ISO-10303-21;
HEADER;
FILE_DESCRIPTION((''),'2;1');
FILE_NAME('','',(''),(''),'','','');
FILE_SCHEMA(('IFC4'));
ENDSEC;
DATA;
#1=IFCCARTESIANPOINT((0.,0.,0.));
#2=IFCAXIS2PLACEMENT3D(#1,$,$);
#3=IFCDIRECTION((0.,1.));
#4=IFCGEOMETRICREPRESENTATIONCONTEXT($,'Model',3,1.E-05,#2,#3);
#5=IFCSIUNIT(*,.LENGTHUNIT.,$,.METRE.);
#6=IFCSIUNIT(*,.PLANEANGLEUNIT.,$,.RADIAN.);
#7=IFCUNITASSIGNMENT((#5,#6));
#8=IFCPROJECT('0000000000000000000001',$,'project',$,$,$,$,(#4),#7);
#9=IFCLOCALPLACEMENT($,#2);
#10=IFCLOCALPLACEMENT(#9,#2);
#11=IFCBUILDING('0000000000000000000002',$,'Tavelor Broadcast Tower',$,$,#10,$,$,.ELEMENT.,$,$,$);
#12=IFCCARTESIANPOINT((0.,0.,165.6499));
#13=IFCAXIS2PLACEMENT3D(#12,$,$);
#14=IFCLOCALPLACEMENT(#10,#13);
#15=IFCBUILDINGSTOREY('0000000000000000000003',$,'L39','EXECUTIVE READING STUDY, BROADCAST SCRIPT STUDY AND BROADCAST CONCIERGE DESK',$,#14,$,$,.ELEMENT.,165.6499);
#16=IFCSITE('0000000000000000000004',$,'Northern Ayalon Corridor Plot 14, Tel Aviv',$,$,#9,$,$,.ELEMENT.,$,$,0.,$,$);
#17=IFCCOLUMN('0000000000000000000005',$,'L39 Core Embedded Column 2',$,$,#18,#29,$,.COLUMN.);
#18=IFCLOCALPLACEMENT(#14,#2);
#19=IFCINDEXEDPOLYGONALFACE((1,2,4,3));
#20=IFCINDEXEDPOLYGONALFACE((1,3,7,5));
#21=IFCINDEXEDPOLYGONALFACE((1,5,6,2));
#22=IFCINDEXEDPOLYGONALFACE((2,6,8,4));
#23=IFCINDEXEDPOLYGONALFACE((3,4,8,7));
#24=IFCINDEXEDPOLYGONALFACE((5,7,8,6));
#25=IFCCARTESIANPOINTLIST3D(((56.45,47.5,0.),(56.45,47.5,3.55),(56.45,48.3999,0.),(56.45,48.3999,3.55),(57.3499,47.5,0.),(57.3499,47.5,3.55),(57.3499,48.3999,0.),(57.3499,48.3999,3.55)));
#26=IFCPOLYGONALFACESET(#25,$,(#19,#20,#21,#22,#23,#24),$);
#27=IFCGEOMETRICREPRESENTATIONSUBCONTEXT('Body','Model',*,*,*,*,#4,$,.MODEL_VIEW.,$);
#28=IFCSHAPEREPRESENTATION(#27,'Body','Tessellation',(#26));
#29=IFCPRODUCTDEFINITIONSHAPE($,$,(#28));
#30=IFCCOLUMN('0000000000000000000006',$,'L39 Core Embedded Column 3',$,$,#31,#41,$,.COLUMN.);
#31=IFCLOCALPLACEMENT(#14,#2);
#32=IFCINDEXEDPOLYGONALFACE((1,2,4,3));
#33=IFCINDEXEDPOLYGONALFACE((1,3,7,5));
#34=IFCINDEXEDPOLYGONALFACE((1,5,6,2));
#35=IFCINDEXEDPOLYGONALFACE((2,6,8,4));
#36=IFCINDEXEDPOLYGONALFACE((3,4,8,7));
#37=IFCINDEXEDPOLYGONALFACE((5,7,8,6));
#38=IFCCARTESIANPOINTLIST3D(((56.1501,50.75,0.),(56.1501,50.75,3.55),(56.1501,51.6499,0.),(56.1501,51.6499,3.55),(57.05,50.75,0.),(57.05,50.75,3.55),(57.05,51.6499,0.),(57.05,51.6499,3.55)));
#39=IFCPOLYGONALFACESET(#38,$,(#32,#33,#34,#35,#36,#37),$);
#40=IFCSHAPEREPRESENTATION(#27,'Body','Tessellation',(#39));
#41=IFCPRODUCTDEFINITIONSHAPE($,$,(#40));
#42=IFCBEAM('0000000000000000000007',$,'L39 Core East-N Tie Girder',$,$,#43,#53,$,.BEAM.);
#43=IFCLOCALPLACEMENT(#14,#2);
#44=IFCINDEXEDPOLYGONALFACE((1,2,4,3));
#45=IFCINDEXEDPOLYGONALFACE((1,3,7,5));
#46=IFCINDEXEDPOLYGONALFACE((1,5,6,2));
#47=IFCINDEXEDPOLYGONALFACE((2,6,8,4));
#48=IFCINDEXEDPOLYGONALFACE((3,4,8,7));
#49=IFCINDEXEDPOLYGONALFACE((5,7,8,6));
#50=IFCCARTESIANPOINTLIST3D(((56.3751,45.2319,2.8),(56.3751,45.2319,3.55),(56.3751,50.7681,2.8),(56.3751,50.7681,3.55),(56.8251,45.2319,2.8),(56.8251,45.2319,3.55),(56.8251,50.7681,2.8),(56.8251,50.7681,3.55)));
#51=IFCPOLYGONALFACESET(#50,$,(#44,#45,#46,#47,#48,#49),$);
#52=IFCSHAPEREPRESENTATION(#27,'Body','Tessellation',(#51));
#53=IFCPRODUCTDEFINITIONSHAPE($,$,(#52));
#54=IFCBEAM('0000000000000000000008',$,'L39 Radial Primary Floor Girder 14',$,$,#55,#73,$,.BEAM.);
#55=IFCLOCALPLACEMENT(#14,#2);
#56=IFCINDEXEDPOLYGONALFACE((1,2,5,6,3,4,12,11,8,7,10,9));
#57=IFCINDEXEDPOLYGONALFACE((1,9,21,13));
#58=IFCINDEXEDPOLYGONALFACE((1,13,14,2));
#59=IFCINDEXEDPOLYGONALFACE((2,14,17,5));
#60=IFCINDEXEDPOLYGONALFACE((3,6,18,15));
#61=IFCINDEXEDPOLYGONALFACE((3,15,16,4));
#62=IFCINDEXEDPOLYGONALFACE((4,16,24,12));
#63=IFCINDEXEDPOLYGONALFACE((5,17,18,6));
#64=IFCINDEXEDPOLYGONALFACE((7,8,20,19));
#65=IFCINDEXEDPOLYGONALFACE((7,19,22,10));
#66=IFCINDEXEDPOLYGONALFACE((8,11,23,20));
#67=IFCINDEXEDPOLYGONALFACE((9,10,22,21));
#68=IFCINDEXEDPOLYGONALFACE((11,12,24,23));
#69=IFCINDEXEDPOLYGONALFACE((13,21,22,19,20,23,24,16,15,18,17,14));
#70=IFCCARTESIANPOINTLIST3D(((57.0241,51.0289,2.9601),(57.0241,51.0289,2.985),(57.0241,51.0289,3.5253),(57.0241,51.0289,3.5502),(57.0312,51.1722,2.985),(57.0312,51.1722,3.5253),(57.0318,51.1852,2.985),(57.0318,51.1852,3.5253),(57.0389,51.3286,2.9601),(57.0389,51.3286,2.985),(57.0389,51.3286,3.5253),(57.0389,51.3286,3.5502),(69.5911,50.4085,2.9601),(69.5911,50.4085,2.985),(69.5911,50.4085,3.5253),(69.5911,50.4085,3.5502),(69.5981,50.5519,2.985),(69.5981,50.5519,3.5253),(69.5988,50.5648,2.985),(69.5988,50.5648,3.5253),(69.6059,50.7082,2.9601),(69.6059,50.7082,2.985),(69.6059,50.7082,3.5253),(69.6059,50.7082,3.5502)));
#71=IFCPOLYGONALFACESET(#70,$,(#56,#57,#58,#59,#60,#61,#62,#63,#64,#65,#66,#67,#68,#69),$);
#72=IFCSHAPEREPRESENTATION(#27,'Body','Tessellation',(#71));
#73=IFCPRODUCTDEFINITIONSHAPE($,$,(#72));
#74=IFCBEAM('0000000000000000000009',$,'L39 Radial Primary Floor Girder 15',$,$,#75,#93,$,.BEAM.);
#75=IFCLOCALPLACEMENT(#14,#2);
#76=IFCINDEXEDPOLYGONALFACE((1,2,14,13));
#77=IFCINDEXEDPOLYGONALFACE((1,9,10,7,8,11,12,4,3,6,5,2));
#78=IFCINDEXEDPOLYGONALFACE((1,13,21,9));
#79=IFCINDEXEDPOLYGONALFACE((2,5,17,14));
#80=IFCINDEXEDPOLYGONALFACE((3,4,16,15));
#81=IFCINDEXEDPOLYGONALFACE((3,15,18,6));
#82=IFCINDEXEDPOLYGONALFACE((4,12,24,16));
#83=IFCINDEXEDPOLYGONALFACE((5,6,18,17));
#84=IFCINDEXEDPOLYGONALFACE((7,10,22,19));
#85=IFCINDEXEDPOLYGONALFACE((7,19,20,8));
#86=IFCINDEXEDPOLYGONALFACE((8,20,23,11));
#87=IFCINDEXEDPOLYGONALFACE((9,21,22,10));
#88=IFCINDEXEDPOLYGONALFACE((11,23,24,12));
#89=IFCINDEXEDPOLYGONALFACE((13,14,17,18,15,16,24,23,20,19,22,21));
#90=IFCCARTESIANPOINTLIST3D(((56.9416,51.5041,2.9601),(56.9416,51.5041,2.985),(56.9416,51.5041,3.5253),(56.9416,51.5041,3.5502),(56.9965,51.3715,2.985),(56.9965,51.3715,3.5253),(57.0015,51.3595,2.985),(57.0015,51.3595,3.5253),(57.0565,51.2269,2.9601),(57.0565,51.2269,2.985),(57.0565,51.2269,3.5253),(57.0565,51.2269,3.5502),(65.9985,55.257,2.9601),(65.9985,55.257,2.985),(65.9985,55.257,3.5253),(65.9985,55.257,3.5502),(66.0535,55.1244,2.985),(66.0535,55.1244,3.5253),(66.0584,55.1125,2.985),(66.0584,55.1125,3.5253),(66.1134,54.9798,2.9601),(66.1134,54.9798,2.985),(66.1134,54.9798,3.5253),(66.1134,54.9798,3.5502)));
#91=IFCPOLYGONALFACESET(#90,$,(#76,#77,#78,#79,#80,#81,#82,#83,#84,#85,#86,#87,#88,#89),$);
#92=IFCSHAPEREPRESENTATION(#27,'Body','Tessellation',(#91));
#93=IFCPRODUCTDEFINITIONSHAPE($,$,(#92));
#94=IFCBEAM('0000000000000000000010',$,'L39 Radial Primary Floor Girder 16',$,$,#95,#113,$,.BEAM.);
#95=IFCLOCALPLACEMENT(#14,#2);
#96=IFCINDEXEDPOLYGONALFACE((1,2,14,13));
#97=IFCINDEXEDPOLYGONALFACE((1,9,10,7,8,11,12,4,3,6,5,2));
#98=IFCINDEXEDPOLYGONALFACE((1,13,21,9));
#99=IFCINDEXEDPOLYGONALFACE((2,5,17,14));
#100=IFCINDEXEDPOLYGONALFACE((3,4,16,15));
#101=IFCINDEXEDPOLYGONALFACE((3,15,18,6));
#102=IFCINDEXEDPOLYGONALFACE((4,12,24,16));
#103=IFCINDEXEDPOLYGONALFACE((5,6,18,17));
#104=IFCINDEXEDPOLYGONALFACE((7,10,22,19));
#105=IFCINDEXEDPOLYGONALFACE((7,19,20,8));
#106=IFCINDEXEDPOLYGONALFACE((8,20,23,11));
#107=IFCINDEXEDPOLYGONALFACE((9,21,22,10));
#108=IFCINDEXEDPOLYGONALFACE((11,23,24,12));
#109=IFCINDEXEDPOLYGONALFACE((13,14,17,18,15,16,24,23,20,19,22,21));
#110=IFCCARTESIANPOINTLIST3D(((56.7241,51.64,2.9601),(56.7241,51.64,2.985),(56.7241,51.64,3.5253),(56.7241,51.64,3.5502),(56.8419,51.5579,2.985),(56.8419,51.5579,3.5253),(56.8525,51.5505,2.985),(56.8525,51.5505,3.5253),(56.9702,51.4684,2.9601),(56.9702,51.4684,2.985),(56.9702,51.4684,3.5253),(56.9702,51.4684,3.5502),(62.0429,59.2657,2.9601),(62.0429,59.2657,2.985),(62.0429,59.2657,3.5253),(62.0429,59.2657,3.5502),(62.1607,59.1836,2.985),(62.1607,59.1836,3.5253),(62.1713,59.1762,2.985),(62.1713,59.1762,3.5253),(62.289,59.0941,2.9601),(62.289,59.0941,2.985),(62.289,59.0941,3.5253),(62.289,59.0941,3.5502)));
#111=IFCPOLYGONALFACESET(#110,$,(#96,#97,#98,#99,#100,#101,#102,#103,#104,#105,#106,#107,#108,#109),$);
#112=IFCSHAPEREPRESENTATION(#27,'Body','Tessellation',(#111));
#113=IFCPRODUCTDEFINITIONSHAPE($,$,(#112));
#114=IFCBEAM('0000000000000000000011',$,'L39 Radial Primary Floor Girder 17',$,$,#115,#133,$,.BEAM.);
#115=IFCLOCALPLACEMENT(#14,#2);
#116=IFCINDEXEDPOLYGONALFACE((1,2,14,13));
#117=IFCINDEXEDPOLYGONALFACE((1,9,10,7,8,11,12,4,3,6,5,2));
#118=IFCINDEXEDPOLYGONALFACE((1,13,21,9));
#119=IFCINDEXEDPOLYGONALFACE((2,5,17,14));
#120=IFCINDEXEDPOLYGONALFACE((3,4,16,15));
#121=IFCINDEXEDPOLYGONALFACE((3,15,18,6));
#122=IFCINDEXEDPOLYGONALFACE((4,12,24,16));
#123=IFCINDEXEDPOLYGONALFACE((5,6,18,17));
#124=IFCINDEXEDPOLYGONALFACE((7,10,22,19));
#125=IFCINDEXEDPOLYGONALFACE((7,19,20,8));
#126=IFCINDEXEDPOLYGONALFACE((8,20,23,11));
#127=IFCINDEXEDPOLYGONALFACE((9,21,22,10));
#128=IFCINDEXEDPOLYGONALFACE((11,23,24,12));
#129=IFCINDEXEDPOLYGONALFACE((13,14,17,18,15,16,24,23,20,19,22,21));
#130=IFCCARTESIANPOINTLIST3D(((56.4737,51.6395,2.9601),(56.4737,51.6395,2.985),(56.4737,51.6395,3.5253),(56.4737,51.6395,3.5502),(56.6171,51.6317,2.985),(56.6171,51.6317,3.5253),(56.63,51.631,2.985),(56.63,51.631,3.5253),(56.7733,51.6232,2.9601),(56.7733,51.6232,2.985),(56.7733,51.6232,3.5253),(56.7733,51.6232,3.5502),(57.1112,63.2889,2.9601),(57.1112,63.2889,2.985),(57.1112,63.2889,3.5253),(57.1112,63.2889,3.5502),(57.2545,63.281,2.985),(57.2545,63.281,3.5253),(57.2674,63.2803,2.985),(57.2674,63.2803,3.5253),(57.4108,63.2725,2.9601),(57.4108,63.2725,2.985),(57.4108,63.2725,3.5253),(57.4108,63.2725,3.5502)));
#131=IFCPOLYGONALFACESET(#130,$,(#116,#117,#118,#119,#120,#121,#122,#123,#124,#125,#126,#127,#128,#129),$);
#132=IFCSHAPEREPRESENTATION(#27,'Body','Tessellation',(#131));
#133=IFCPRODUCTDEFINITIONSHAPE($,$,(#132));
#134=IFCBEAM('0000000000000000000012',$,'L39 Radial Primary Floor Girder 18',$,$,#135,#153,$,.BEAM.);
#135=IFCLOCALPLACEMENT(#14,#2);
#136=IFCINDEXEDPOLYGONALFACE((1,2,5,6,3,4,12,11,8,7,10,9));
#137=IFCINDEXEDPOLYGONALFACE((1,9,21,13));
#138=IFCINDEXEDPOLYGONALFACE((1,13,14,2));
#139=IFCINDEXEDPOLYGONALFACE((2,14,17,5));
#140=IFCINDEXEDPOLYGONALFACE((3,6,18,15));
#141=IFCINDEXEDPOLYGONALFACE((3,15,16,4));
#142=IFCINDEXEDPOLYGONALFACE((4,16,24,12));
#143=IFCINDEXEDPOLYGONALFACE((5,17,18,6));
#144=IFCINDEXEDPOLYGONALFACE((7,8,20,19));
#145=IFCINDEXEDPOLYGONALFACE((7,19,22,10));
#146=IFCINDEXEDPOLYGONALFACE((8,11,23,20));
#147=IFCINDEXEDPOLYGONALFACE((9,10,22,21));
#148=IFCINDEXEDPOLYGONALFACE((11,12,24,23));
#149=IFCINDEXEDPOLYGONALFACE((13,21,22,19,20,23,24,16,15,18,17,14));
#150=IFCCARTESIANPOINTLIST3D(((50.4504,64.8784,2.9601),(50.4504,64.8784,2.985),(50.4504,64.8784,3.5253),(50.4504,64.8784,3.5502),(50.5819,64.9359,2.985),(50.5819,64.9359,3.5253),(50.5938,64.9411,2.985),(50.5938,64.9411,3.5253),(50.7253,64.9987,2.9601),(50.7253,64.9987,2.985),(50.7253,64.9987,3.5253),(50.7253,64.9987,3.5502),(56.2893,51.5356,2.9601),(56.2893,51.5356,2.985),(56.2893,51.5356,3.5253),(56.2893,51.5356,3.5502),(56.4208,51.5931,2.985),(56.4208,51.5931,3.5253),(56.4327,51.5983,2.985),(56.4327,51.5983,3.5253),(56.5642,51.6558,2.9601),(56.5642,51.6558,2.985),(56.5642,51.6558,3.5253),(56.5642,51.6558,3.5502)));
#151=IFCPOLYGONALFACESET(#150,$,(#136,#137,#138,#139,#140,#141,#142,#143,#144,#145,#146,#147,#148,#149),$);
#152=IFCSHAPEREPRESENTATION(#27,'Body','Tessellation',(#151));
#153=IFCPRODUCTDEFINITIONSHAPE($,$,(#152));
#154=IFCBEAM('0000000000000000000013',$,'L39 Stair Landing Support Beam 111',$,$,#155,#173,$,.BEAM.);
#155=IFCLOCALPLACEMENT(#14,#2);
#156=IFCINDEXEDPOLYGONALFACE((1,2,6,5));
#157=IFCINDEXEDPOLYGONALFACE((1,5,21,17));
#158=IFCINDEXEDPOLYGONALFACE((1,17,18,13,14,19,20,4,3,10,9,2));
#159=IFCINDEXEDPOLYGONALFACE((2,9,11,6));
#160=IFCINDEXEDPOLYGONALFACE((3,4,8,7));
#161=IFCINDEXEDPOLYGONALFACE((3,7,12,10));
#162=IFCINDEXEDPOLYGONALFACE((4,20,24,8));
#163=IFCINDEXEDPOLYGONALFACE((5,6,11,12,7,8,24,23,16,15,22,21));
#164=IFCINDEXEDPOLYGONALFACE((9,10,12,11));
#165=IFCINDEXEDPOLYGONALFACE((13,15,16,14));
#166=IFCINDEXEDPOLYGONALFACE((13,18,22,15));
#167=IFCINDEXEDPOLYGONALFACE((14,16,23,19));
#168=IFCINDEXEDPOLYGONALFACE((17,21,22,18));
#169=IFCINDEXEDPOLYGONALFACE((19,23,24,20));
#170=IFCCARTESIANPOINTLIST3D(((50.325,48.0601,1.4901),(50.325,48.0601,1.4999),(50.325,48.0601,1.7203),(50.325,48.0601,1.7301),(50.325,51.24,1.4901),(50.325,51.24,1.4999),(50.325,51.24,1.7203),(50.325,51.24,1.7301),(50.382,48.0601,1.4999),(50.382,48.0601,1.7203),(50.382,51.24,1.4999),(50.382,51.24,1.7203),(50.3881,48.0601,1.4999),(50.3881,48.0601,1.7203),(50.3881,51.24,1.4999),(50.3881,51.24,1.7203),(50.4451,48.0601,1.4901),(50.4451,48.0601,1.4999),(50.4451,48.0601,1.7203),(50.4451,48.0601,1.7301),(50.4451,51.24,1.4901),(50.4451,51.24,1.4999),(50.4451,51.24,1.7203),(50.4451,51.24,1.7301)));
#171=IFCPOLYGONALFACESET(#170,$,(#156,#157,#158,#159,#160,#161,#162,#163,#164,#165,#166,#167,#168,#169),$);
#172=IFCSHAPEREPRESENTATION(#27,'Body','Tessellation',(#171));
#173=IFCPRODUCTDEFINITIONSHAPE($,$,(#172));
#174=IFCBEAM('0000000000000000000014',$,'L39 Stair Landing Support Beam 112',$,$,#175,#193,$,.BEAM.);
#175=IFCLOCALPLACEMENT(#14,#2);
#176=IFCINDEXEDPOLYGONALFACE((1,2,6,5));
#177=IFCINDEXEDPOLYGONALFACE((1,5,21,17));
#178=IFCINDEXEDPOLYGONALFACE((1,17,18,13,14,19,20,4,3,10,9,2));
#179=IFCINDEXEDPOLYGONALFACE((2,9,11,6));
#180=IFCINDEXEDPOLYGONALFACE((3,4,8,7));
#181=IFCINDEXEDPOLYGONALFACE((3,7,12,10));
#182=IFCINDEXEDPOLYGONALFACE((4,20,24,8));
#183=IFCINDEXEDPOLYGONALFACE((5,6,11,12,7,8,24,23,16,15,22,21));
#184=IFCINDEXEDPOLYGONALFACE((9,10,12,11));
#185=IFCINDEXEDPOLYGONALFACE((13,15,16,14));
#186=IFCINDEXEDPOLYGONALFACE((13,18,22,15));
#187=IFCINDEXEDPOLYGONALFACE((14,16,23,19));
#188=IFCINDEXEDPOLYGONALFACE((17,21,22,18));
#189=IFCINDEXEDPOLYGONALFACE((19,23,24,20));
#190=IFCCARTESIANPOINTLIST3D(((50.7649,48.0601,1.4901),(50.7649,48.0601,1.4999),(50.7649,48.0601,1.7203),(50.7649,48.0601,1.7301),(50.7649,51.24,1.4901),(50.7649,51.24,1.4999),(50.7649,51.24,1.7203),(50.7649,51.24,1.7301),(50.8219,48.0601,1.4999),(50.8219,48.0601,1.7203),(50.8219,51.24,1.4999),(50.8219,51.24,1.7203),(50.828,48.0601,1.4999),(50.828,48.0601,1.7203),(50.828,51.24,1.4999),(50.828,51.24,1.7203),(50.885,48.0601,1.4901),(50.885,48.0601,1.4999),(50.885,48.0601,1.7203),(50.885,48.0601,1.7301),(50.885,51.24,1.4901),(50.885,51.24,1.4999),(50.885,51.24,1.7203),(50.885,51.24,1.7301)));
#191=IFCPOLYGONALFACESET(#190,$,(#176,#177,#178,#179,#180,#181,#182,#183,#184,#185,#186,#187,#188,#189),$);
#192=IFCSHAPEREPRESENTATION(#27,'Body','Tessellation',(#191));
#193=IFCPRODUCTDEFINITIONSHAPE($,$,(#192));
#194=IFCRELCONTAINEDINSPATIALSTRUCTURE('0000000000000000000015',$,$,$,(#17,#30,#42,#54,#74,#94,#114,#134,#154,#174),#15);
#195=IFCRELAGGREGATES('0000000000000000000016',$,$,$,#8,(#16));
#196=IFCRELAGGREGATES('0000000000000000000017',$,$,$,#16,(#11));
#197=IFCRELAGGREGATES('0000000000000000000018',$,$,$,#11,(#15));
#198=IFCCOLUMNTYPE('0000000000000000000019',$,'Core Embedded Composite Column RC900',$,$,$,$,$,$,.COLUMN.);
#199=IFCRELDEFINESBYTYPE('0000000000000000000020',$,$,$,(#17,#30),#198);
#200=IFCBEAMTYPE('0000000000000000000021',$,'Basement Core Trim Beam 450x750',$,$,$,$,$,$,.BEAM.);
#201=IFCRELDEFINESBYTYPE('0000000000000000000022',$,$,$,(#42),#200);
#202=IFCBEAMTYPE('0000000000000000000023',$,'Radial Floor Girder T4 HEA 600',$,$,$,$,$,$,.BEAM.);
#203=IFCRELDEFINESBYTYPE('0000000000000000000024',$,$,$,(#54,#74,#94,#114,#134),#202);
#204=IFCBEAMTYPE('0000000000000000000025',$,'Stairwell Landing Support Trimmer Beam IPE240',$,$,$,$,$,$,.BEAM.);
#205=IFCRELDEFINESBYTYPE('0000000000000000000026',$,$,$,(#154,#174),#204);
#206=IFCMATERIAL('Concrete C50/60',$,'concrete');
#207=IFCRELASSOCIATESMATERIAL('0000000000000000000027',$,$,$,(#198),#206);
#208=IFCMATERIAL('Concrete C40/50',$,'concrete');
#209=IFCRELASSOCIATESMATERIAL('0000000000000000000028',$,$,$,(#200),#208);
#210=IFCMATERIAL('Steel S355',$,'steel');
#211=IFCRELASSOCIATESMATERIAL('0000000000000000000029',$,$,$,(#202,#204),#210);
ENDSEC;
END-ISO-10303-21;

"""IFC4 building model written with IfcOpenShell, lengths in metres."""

from ifc_helpers import new_model, si_unit, direction, frame, origin, origin_2d, place, context, subcontext, project, spatial, rectangle, i_section, extrude, material, material_profile, profile_set, type_object, element, save


model = new_model("IFC4")

# Units and contexts
model_context = context("Model", 3, precision=1e-05, world=origin(), true_north=direction((0.0, 1.0)))
body_context = subcontext(model_context, "Body", "Model", "MODEL_VIEW")
ifc_project = project(units=[si_unit("LENGTHUNIT", "METRE"), si_unit("PLANEANGLEUNIT", "RADIAN")], contexts=[model_context])

# Site, building, storey
site_placement = place(None, origin())
site = spatial("IfcSite", under=ifc_project, at=site_placement, Name="Northern Ayalon Corridor Plot 14, Tel Aviv", CompositionType="ELEMENT", RefElevation=0.0)
building_placement = place(site_placement, origin())
building = spatial("IfcBuilding", under=site, at=building_placement, Name="Tavelor Broadcast Tower", CompositionType="ELEMENT")
storey_placement = place(building_placement, frame((0.0, 0.0, 165.6499)))
storey = spatial("IfcBuildingStorey", under=building, at=storey_placement, Name="L39", Description="EXECUTIVE READING STUDY, BROADCAST SCRIPT STUDY AND BROADCAST CONCIERGE DESK", CompositionType="ELEMENT", Elevation=165.6499)

# Columns
ifc_material_1 = material(Name="Concrete C50/60", Category="concrete")
ifc_material_profile_1 = material_profile(ifc_material_1, rectangle(XDim=0.8999, YDim=0.8999, at=origin_2d()), Name="RC 900x900")
ifc_profile_set_1 = profile_set([ifc_material_profile_1], Name="Concrete C50/60")
column_type = type_object("IfcColumnType", Name="Core Embedded Composite Column RC900", PredefinedType="COLUMN", material=ifc_profile_set_1)
for number, where, z_axis, x_axis, name in (
    (1, (56.8999, 47.95, 0.0), (0.0, 0.0, 1.0), (1.0, 0.0, 0.0), "L39 Core Embedded Column 2"),
    (2, (56.6001, 51.2, 0.0), (0.0, 0.0, 1.0), (1.0, 0.0, 0.0), "L39 Core Embedded Column 3"),
):
    element("IfcColumn", number, at=place(storey_placement, frame(where, z_axis=z_axis, x_axis=x_axis)), inside=storey, type_object=column_type, Name=name, PredefinedType="COLUMN", context=body_context, shape_type="SweptSolid", body=[
        extrude(rectangle(XDim=0.8999, YDim=0.8999, at=origin_2d()), origin(), (0.0, 0.0, 1.0), 3.55),
    ])

# Beams
ifc_material_2 = material(Name="Concrete C40/50", Category="concrete")
ifc_material_profile_2 = material_profile(ifc_material_2, rectangle(XDim=0.45, YDim=0.75, at=origin_2d()), Name="RC 450x750")
ifc_profile_set_2 = profile_set([ifc_material_profile_2], Name="Concrete C40/50")
beam_type_1 = type_object("IfcBeamType", Name="Basement Core Trim Beam 450x750", PredefinedType="BEAM", material=ifc_profile_set_2)
beam_1_placement = place(storey_placement, frame((56.6001, 45.2319, 3.175), z_axis=(0.0, 1.0, 0.0), x_axis=(-1.0, 0.0, 0.0)))
element("IfcBeam", 3, at=beam_1_placement, inside=storey, type_object=beam_type_1, Name="L39 Core East-N Tie Girder", PredefinedType="BEAM", context=body_context, shape_type="SweptSolid", body=[
    extrude(rectangle(XDim=0.45, YDim=0.75, at=origin_2d()), origin(), (0.0, 0.0, 1.0), 5.5361),
])
ifc_material_3 = material(Name="Steel S355", Category="steel")
ifc_material_profile_3 = material_profile(ifc_material_3, i_section(OverallWidth=0.3, OverallDepth=0.5901, WebThickness=0.0129, FlangeThickness=0.0249, at=origin_2d()), Name="HEA 600")
ifc_profile_set_3 = profile_set([ifc_material_profile_3], Name="Steel S355")
beam_type_2 = type_object("IfcBeamType", Name="Radial Floor Girder T4 HEA 600", PredefinedType="BEAM", material=ifc_profile_set_3)
beam_2_placement = place(storey_placement, frame((57.0315, 51.1787, 3.2551), z_axis=(0.998784, -0.049305, 0.0), x_axis=(0.049305, 0.998784, 0.0)))
element("IfcBeam", 4, at=beam_2_placement, inside=storey, type_object=beam_type_2, Name="L39 Radial Primary Floor Girder 14", PredefinedType="BEAM", context=body_context, shape_type="SweptSolid", body=[
    extrude(i_section(OverallWidth=0.3, OverallDepth=0.5901, WebThickness=0.0129, FlangeThickness=0.0249, at=origin_2d()), origin(), (0.0, 0.0, 1.0), 12.5823),
])
beam_3_placement = place(storey_placement, frame((56.999, 51.3655, 3.2551), z_axis=(0.923827, 0.382809, 0.0), x_axis=(-0.382809, 0.923827, 0.0)))
element("IfcBeam", 5, at=beam_3_placement, inside=storey, type_object=beam_type_2, Name="L39 Radial Primary Floor Girder 15", PredefinedType="BEAM", context=body_context, shape_type="SweptSolid", body=[
    extrude(i_section(OverallWidth=0.3, OverallDepth=0.5901, WebThickness=0.0129, FlangeThickness=0.0249, at=origin_2d()), origin(), (0.0, 0.0, 1.0), 9.8037),
])
beam_4_placement = place(storey_placement, frame((56.8472, 51.5542, 3.2551), z_axis=(0.572078, 0.820199, 0.0), x_axis=(-0.820199, 0.572078, 0.0)))
element("IfcBeam", 6, at=beam_4_placement, inside=storey, type_object=beam_type_2, Name="L39 Radial Primary Floor Girder 16", PredefinedType="BEAM", context=body_context, shape_type="SweptSolid", body=[
    extrude(i_section(OverallWidth=0.3, OverallDepth=0.5901, WebThickness=0.0129, FlangeThickness=0.0249, at=origin_2d()), origin(), (0.0, 0.0, 1.0), 9.2974),
])
beam_5_placement = place(storey_placement, frame((56.6235, 51.6313, 3.2551), z_axis=(0.054638, 0.998506, 0.0), x_axis=(-0.998506, 0.054638, 0.0)))
element("IfcBeam", 7, at=beam_5_placement, inside=storey, type_object=beam_type_2, Name="L39 Radial Primary Floor Girder 17", PredefinedType="BEAM", context=body_context, shape_type="SweptSolid", body=[
    extrude(i_section(OverallWidth=0.3, OverallDepth=0.5901, WebThickness=0.0129, FlangeThickness=0.0249, at=origin_2d()), origin(), (0.0, 0.0, 1.0), 11.6667),
])
beam_6_placement = place(storey_placement, frame((56.4268, 51.5957, 3.2551), z_axis=(-0.4009, 0.916122, 0.0), x_axis=(-0.916122, -0.4009, 0.0)))
element("IfcBeam", 8, at=beam_6_placement, inside=storey, type_object=beam_type_2, Name="L39 Radial Primary Floor Girder 18", PredefinedType="BEAM", context=body_context, shape_type="SweptSolid", body=[
    extrude(i_section(OverallWidth=0.3, OverallDepth=0.5901, WebThickness=0.0129, FlangeThickness=0.0249, at=origin_2d()), origin(), (0.0, 0.0, 1.0), 14.5645),
])
ifc_material_profile_4 = material_profile(ifc_material_3, i_section(OverallWidth=0.1201, OverallDepth=0.24, WebThickness=0.0061, FlangeThickness=0.0098, at=origin_2d()), Name="IPE 240")
ifc_profile_set_4 = profile_set([ifc_material_profile_4], Name="Steel S355")
beam_type_3 = type_object("IfcBeamType", Name="Stairwell Landing Support Trimmer Beam IPE240", PredefinedType="BEAM", material=ifc_profile_set_4)
for number, where, z_axis, x_axis, name in (
    (9, (50.385, 48.0601, 1.6101), (0.0, 1.0, 0.0), (-1.0, 0.0, 0.0), "L39 Stair Landing Support Beam 111"),
    (10, (50.825, 48.0601, 1.6101), (0.0, 1.0, 0.0), (-1.0, 0.0, 0.0), "L39 Stair Landing Support Beam 112"),
):
    element("IfcBeam", number, at=place(storey_placement, frame(where, z_axis=z_axis, x_axis=x_axis)), inside=storey, type_object=beam_type_3, Name=name, PredefinedType="BEAM", context=body_context, shape_type="SweptSolid", body=[
        extrude(i_section(OverallWidth=0.1201, OverallDepth=0.24, WebThickness=0.0061, FlangeThickness=0.0098, at=origin_2d()), origin(), (0.0, 0.0, 1.0), 3.1799),
    ])

save(model, "model.ifc")
